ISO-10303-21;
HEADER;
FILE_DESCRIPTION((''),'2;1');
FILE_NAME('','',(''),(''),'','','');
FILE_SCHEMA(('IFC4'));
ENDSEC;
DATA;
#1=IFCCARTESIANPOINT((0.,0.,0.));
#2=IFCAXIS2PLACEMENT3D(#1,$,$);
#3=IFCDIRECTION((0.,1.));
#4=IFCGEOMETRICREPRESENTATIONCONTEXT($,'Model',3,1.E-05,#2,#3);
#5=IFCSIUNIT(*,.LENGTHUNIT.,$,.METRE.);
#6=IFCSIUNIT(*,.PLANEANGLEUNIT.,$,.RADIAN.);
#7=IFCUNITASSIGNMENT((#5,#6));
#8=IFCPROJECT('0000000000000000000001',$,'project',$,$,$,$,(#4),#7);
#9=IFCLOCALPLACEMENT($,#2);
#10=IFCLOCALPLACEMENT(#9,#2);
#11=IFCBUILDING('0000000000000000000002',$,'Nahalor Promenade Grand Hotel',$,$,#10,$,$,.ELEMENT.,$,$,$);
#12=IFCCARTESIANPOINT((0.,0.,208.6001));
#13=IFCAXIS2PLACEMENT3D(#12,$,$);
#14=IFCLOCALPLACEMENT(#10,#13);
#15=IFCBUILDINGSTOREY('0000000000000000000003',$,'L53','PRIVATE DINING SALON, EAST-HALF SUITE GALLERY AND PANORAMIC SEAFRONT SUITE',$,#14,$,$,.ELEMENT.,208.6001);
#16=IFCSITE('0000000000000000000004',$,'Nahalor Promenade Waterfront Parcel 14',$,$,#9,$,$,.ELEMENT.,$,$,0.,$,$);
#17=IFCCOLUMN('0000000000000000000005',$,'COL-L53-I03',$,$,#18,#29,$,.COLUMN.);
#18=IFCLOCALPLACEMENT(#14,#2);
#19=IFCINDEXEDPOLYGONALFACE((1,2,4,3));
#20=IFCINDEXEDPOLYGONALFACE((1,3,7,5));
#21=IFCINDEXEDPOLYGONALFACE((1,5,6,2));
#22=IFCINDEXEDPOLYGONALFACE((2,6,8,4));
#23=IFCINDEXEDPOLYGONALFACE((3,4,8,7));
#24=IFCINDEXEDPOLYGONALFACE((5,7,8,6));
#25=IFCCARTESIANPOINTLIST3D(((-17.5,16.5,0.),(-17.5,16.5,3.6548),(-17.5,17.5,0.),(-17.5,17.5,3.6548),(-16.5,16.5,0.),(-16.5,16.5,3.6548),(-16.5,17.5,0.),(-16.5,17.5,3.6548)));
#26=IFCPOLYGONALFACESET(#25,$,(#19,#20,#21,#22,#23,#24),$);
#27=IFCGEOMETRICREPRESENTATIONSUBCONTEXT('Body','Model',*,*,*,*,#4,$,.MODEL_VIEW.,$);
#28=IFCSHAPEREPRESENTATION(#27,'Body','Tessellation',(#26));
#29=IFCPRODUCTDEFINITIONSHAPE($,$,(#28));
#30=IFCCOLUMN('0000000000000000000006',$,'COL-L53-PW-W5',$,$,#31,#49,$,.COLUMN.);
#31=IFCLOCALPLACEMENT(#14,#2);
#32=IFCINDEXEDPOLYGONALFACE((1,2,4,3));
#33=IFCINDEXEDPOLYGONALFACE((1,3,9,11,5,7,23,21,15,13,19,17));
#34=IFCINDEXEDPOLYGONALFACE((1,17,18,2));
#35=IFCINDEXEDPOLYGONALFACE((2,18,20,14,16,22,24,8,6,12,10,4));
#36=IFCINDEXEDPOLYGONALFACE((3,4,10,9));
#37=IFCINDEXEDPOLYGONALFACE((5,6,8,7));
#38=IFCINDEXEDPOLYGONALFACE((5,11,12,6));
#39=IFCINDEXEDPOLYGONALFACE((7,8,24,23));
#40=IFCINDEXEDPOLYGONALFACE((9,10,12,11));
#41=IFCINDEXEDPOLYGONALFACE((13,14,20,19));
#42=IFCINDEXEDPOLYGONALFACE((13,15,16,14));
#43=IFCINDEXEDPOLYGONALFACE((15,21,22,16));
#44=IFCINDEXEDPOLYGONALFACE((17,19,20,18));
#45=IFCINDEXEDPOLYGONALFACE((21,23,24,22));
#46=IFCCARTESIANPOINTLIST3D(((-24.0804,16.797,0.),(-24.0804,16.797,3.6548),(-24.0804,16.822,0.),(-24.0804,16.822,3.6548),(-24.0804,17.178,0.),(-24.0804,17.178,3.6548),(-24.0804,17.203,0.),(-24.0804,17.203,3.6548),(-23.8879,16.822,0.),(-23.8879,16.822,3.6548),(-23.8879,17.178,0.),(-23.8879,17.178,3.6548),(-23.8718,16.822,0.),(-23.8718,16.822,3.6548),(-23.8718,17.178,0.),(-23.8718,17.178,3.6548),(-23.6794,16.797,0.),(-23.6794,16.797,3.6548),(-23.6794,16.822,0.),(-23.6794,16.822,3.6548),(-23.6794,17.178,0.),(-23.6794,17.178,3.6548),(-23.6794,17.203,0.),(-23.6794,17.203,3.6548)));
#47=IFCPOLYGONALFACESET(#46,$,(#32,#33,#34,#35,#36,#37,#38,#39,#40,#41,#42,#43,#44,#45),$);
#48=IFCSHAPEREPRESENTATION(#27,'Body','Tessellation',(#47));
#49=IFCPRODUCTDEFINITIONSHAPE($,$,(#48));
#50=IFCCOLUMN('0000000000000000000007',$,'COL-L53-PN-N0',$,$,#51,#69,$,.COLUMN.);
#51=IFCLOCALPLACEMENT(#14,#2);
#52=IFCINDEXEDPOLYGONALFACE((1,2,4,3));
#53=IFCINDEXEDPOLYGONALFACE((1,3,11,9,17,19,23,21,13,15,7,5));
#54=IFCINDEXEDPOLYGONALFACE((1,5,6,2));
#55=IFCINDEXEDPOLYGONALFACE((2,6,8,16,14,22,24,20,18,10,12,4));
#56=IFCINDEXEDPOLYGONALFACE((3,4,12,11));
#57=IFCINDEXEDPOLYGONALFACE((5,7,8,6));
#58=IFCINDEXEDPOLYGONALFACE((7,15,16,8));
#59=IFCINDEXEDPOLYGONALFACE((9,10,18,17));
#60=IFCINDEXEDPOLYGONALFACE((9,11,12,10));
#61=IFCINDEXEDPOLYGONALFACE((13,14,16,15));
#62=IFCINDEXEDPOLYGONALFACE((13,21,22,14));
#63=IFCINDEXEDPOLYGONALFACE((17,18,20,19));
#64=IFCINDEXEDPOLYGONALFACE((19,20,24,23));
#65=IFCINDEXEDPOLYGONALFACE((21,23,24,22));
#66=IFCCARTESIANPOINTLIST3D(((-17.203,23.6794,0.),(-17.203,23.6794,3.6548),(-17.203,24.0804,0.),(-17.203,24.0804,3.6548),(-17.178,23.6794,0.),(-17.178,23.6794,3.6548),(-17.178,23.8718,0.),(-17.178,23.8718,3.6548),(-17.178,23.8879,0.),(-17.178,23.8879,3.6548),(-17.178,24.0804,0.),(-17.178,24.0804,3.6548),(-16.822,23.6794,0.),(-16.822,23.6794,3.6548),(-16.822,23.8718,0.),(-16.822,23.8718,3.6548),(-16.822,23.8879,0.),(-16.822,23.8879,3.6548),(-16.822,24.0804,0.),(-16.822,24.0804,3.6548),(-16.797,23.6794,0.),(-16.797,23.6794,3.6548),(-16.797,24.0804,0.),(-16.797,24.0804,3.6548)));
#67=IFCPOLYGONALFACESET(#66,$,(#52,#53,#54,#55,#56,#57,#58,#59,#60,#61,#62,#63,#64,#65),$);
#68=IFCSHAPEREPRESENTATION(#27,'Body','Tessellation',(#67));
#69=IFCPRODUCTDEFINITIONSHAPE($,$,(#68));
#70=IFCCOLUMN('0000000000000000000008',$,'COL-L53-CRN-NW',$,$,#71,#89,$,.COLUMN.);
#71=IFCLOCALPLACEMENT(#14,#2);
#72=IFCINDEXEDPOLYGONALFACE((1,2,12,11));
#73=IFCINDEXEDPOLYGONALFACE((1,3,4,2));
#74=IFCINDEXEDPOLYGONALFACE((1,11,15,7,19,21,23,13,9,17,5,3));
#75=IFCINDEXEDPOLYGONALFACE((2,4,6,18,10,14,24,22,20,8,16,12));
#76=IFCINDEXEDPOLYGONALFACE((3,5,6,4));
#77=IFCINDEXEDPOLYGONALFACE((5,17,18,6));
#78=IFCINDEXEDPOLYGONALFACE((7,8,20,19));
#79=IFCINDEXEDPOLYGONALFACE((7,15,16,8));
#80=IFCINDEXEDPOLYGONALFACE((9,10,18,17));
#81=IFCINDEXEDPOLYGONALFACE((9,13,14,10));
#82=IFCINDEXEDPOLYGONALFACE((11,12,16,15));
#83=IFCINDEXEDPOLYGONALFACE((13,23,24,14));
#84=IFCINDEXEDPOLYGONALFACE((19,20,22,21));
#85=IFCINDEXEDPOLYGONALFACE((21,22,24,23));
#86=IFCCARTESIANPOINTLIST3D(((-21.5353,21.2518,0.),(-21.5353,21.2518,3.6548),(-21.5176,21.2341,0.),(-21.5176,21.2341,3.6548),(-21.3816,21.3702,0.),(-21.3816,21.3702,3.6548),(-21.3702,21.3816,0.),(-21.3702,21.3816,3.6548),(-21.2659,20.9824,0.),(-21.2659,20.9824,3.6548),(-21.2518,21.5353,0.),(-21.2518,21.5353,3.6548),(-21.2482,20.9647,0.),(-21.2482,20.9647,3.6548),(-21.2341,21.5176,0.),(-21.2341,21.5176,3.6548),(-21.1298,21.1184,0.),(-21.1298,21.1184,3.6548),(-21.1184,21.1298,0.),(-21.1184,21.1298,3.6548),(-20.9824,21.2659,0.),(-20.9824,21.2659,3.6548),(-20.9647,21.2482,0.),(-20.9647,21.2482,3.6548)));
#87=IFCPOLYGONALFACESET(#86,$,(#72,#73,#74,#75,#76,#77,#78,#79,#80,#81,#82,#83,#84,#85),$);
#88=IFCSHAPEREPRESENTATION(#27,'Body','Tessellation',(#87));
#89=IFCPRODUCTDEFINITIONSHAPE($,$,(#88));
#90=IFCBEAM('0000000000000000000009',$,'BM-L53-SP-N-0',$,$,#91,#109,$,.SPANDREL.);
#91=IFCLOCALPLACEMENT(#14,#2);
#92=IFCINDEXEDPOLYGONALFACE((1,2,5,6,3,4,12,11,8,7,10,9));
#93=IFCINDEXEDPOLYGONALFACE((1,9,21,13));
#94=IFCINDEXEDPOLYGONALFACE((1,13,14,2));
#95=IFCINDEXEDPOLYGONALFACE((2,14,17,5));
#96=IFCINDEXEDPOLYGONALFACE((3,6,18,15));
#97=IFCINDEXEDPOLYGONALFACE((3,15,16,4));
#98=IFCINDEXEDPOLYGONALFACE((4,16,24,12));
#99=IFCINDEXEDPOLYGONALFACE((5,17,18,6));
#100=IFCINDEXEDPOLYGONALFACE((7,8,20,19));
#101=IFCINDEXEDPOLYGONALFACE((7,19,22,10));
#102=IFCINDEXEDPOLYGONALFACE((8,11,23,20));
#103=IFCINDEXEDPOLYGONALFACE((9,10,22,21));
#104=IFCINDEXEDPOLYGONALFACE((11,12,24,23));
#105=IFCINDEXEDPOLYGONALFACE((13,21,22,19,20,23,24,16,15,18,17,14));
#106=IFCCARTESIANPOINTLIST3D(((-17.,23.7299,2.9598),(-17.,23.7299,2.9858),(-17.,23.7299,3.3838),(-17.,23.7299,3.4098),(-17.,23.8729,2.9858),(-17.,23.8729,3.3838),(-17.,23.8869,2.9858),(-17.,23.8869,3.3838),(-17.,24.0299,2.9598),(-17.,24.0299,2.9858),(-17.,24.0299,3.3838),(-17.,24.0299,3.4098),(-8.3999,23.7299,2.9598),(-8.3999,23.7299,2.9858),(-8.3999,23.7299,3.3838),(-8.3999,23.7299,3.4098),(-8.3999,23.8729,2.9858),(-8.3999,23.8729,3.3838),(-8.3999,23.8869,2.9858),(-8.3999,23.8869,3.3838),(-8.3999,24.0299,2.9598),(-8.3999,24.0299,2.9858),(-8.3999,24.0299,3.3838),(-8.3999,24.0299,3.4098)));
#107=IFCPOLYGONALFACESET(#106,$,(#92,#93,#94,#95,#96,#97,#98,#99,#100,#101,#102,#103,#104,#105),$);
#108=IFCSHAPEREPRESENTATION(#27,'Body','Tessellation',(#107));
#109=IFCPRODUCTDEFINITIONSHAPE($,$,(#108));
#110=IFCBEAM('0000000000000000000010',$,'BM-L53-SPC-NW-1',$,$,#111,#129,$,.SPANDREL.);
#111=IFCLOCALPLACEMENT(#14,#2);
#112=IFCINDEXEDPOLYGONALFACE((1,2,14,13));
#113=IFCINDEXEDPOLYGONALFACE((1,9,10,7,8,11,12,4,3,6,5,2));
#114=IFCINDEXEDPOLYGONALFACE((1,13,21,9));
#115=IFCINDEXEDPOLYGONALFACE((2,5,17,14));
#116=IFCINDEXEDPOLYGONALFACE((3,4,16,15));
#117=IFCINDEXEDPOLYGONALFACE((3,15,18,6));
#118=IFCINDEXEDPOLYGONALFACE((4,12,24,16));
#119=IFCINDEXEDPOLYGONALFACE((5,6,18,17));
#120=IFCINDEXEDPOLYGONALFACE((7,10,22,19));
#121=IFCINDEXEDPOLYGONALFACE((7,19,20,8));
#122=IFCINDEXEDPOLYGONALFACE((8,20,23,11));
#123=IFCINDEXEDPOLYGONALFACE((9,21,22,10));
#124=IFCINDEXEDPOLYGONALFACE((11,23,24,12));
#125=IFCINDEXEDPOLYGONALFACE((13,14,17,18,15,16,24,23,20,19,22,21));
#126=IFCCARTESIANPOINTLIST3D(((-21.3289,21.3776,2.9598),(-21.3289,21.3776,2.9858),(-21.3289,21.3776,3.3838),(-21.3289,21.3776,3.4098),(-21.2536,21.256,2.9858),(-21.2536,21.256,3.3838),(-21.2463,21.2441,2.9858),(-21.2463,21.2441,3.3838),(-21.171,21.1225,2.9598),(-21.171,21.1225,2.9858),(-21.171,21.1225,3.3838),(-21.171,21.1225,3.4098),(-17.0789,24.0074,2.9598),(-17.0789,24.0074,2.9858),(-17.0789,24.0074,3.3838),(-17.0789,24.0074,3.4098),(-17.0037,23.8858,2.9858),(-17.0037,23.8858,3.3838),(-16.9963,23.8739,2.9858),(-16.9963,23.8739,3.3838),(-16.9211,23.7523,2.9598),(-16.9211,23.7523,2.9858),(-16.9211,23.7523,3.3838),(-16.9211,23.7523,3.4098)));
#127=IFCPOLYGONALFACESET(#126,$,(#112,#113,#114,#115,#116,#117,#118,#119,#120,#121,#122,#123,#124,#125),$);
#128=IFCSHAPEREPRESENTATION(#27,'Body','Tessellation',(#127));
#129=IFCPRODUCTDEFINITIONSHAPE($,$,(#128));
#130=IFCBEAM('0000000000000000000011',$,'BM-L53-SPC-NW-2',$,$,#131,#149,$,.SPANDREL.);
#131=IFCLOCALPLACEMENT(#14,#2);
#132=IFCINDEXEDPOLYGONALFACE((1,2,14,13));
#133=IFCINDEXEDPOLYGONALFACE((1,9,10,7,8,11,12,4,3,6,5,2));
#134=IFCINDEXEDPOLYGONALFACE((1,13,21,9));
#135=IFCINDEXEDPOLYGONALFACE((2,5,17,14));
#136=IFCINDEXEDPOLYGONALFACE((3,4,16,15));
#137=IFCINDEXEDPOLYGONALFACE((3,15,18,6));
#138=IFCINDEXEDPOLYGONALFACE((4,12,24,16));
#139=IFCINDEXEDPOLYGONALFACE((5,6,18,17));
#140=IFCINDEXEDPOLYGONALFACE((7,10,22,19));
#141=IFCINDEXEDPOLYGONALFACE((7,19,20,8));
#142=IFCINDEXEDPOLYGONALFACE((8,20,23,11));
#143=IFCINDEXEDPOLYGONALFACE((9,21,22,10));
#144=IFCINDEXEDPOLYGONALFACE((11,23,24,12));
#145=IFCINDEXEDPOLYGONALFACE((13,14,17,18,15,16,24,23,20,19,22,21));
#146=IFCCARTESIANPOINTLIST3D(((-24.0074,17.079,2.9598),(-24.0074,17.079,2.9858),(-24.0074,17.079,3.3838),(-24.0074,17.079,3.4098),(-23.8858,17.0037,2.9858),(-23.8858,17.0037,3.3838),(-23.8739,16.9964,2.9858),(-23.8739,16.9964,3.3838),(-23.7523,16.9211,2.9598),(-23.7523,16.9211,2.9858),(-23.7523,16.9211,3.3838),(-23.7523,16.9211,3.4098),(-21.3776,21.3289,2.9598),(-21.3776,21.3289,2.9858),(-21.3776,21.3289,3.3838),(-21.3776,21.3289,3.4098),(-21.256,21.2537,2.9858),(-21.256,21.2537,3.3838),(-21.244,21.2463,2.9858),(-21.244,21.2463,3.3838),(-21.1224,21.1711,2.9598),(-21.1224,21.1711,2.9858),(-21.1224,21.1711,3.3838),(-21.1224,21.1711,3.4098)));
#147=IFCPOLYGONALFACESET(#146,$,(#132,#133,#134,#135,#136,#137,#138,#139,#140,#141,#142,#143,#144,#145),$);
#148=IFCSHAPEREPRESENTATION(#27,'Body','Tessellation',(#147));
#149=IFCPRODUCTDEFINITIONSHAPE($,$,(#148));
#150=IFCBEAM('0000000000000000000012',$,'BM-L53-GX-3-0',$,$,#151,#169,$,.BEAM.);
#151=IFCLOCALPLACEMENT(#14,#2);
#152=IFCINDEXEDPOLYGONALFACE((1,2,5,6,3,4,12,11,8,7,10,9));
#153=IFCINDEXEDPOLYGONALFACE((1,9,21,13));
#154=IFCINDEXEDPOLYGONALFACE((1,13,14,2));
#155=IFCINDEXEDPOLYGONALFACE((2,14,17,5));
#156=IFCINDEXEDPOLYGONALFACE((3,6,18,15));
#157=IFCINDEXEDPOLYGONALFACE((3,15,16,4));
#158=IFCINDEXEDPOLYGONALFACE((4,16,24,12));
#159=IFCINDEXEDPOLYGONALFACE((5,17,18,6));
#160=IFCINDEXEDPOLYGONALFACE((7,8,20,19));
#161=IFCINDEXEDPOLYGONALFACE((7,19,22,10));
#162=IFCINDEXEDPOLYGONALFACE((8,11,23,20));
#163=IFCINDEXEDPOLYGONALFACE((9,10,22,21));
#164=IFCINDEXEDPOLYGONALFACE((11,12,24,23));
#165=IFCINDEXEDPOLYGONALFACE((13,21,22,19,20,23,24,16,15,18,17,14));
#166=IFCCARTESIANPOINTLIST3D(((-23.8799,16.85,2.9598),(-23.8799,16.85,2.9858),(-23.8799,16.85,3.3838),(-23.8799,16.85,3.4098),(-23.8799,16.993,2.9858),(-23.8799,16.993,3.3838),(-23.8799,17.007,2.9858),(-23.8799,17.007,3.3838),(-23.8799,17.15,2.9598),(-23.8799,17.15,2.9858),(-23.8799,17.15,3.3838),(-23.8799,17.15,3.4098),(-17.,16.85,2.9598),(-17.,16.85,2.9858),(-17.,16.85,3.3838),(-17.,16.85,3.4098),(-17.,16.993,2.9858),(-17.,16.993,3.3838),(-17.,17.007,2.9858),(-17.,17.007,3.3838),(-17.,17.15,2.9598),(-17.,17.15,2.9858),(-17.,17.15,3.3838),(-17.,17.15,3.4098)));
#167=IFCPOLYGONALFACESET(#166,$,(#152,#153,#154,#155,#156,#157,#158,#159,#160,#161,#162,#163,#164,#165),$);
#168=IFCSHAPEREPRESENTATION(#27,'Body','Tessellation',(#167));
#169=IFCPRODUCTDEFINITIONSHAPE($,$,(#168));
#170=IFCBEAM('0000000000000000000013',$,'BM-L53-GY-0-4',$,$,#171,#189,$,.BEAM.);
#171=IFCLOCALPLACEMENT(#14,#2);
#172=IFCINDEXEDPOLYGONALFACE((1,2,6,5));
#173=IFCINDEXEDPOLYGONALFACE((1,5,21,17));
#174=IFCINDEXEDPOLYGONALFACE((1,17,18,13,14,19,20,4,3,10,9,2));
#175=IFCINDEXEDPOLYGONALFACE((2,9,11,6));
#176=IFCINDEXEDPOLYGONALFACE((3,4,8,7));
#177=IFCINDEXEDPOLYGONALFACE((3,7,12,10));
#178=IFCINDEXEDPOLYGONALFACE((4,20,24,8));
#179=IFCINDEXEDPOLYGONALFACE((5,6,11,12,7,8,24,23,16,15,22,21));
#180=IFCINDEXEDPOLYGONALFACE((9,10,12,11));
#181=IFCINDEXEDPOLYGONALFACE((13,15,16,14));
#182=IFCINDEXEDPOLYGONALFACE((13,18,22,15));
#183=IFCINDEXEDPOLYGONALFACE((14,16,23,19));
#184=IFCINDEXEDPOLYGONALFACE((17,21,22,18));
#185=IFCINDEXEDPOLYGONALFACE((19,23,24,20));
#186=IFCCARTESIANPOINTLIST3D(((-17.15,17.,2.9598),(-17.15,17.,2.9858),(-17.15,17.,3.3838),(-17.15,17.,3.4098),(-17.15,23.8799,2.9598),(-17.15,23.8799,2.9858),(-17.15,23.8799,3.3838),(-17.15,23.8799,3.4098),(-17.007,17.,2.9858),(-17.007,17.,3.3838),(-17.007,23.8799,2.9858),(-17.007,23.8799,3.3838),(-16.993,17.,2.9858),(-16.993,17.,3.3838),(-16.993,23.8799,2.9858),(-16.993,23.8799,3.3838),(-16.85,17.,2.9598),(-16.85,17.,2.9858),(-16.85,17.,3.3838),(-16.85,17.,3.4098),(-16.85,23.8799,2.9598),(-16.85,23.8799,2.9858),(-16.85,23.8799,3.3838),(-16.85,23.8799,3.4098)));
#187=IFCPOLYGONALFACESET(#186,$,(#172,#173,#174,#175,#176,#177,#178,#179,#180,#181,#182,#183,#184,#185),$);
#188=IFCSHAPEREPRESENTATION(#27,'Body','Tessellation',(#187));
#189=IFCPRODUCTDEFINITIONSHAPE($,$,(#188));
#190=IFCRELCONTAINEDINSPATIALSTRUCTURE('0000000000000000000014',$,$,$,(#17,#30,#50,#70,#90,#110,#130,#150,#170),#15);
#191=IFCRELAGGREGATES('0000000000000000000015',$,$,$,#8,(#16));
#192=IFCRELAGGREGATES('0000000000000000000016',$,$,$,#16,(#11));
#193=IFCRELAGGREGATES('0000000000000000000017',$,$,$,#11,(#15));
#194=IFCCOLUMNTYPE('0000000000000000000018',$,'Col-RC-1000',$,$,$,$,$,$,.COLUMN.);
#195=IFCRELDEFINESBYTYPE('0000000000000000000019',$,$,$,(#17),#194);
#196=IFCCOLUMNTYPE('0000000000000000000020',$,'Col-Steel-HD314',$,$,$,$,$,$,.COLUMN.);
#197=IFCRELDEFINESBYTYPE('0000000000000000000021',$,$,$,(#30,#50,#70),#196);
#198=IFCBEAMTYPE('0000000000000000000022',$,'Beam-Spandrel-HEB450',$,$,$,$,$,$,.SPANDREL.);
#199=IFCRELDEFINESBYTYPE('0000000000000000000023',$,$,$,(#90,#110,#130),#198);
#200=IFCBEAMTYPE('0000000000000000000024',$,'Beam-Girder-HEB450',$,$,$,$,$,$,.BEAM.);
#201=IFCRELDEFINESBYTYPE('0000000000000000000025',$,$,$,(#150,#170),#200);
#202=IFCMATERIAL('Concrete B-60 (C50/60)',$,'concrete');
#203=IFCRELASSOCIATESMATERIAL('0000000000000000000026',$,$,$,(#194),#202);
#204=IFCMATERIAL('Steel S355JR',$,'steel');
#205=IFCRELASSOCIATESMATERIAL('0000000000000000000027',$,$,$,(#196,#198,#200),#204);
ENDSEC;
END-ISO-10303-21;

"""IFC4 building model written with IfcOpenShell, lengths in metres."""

from ifc_helpers import new_model, si_unit, direction, frame, origin, origin_2d, place, context, subcontext, project, spatial, rectangle, i_section, extrude, source, transform, mapped, material, material_profile, profile_set, type_object, element, save


model = new_model("IFC4")

# Units and contexts
model_context = context("Model", 3, precision=1e-05, world=origin(), true_north=direction((0.0, 1.0)))
body_context = subcontext(model_context, "Body", "Model", "MODEL_VIEW")
ifc_project = project(units=[si_unit("LENGTHUNIT", "METRE"), si_unit("PLANEANGLEUNIT", "RADIAN")], contexts=[model_context])

# Site, building, storey
site_placement = place(None, origin())
site = spatial("IfcSite", under=ifc_project, at=site_placement, Name="Nahalor Promenade Waterfront Parcel 14", CompositionType="ELEMENT", RefElevation=0.0)
building_placement = place(site_placement, origin())
building = spatial("IfcBuilding", under=site, at=building_placement, Name="Nahalor Promenade Grand Hotel", CompositionType="ELEMENT")
storey_placement = place(building_placement, frame((0.0, 0.0, 208.6001)))
storey = spatial("IfcBuildingStorey", under=building, at=storey_placement, Name="L53", Description="PRIVATE DINING SALON, EAST-HALF SUITE GALLERY AND PANORAMIC SEAFRONT SUITE", CompositionType="ELEMENT", Elevation=208.6001)

# Columns
ifc_material_1 = material(Name="Concrete B-60 (C50/60)", Category="concrete")
ifc_material_profile_1 = material_profile(ifc_material_1, rectangle(XDim=1.0, YDim=1.0, at=origin_2d()), Name="RC 1000x1000")
ifc_profile_set_1 = profile_set([ifc_material_profile_1], Name="Concrete B-60 (C50/60)")
column_type_1 = type_object("IfcColumnType", Name="Col-RC-1000", PredefinedType="COLUMN", material=ifc_profile_set_1)
shared_shape_1 = source(origin(), body_context, "Body", "SweptSolid", [
    extrude(rectangle(XDim=1.0, YDim=1.0, at=origin_2d()), origin(), (0.0, 0.0, 1.0), 3.6548),
])
column_placement = place(storey_placement, frame((-17.0, 17.0, 0.0), z_axis=(0.0, 0.0, 1.0), x_axis=(1.0, 0.0, 0.0)))
element("IfcColumn", 1, at=column_placement, inside=storey, type_object=column_type_1, Name="COL-L53-I03", PredefinedType="COLUMN", context=body_context, shape_type="MappedRepresentation", body=[
    mapped(shared_shape_1, transform((0.0, 0.0, 0.0), scale=1.0)),
])
ifc_material_2 = material(Name="Steel S355JR", Category="steel")
ifc_material_profile_2 = material_profile(ifc_material_2, i_section(OverallWidth=0.401, OverallDepth=0.406, WebThickness=0.0161, FlangeThickness=0.025, at=origin_2d()), Name="HD 400x314")
ifc_profile_set_2 = profile_set([ifc_material_profile_2], Name="Steel S355JR")
column_type_2 = type_object("IfcColumnType", Name="Col-Steel-HD314", PredefinedType="COLUMN", material=ifc_profile_set_2)
shared_shape_2 = source(origin(), body_context, "Body", "SweptSolid", [
    extrude(i_section(OverallWidth=0.401, OverallDepth=0.406, WebThickness=0.0161, FlangeThickness=0.025, at=origin_2d()), origin(), (0.0, 0.0, 1.0), 3.6548),
])
for number, where, z_axis, x_axis, name in (
    (2, (-23.8799, 17.0, 0.0), (0.0, 0.0, 1.0), (1.0, 0.0, 0.0), "COL-L53-PW-W5"),
    (3, (-17.0, 23.8799, 0.0), (0.0, 0.0, 1.0), (0.0, 1.0, 0.0), "COL-L53-PN-N0"),
    (4, (-21.25, 21.25, 0.0), (0.0, 0.0, 1.0), (0.707107, 0.707107, 0.0), "COL-L53-CRN-NW"),
):
    element("IfcColumn", number, at=place(storey_placement, frame(where, z_axis=z_axis, x_axis=x_axis)), inside=storey, type_object=column_type_2, Name=name, PredefinedType="COLUMN", context=body_context, shape_type="MappedRepresentation", body=[
        mapped(shared_shape_2, transform((0.0, 0.0, 0.0), scale=1.0)),
    ])

# Beams
ifc_material_profile_3 = material_profile(ifc_material_2, i_section(OverallWidth=0.3, OverallDepth=0.45, WebThickness=0.014, FlangeThickness=0.026, at=origin_2d()), Name="HEB 450")
ifc_profile_set_3 = profile_set([ifc_material_profile_3], Name="Steel S355JR")
beam_type_1 = type_object("IfcBeamType", Name="Beam-Spandrel-HEB450", PredefinedType="SPANDREL", material=ifc_profile_set_3)
shared_shape_3 = source(origin(), body_context, "Body", "SweptSolid", [
    extrude(i_section(OverallWidth=0.3, OverallDepth=0.45, WebThickness=0.014, FlangeThickness=0.026, at=origin_2d()), origin(), (0.0, 0.0, 1.0), 8.6001),
])
beam_1_placement = place(storey_placement, frame((-17.0, 23.8799, 3.1848), z_axis=(1.0, 0.0, 0.0), x_axis=(0.0, 1.0, 0.0)))
element("IfcBeam", 5, at=beam_1_placement, inside=storey, type_object=beam_type_1, Name="BM-L53-SP-N-0", PredefinedType="SPANDREL", context=body_context, shape_type="MappedRepresentation", body=[
    mapped(shared_shape_3, transform((0.0, 0.0, 0.0), scale=1.0)),
])
shared_shape_4 = source(origin(), body_context, "Body", "SweptSolid", [
    extrude(i_section(OverallWidth=0.3, OverallDepth=0.45, WebThickness=0.014, FlangeThickness=0.026, at=origin_2d()), origin(), (0.0, 0.0, 1.0), 4.9978),
])
for number, where, z_axis, x_axis, name in (
    (6, (-17.0, 23.8799, 3.1848), (-0.850361, -0.5262, 0.0), (0.5262, -0.850361, 0.0), "BM-L53-SPC-NW-1"),
    (7, (-21.25, 21.25, 3.1848), (-0.5262, -0.850361, 0.0), (0.850361, -0.5262, 0.0), "BM-L53-SPC-NW-2"),
):
    element("IfcBeam", number, at=place(storey_placement, frame(where, z_axis=z_axis, x_axis=x_axis)), inside=storey, type_object=beam_type_1, Name=name, PredefinedType="SPANDREL", context=body_context, shape_type="MappedRepresentation", body=[
        mapped(shared_shape_4, transform((0.0, 0.0, 0.0), scale=1.0)),
    ])
ifc_material_profile_4 = material_profile(ifc_material_2, i_section(OverallWidth=0.3, OverallDepth=0.45, WebThickness=0.014, FlangeThickness=0.026, at=origin_2d()), Name="HEB 450")
ifc_profile_set_4 = profile_set([ifc_material_profile_4], Name="Steel S355JR")
beam_type_2 = type_object("IfcBeamType", Name="Beam-Girder-HEB450", PredefinedType="BEAM", material=ifc_profile_set_4)
shared_shape_5 = source(origin(), body_context, "Body", "SweptSolid", [
    extrude(i_section(OverallWidth=0.3, OverallDepth=0.45, WebThickness=0.014, FlangeThickness=0.026, at=origin_2d()), origin(), (0.0, 0.0, 1.0), 6.8799),
])
for number, where, z_axis, x_axis, name in (
    (8, (-23.8799, 17.0, 3.1848), (1.0, 0.0, 0.0), (0.0, 1.0, 0.0), "BM-L53-GX-3-0"),
    (9, (-17.0, 17.0, 3.1848), (0.0, 1.0, 0.0), (-1.0, 0.0, 0.0), "BM-L53-GY-0-4"),
):
    element("IfcBeam", number, at=place(storey_placement, frame(where, z_axis=z_axis, x_axis=x_axis)), inside=storey, type_object=beam_type_2, Name=name, PredefinedType="BEAM", context=body_context, shape_type="MappedRepresentation", body=[
        mapped(shared_shape_5, transform((0.0, 0.0, 0.0), scale=1.0)),
    ])

save(model, "model.ifc")
